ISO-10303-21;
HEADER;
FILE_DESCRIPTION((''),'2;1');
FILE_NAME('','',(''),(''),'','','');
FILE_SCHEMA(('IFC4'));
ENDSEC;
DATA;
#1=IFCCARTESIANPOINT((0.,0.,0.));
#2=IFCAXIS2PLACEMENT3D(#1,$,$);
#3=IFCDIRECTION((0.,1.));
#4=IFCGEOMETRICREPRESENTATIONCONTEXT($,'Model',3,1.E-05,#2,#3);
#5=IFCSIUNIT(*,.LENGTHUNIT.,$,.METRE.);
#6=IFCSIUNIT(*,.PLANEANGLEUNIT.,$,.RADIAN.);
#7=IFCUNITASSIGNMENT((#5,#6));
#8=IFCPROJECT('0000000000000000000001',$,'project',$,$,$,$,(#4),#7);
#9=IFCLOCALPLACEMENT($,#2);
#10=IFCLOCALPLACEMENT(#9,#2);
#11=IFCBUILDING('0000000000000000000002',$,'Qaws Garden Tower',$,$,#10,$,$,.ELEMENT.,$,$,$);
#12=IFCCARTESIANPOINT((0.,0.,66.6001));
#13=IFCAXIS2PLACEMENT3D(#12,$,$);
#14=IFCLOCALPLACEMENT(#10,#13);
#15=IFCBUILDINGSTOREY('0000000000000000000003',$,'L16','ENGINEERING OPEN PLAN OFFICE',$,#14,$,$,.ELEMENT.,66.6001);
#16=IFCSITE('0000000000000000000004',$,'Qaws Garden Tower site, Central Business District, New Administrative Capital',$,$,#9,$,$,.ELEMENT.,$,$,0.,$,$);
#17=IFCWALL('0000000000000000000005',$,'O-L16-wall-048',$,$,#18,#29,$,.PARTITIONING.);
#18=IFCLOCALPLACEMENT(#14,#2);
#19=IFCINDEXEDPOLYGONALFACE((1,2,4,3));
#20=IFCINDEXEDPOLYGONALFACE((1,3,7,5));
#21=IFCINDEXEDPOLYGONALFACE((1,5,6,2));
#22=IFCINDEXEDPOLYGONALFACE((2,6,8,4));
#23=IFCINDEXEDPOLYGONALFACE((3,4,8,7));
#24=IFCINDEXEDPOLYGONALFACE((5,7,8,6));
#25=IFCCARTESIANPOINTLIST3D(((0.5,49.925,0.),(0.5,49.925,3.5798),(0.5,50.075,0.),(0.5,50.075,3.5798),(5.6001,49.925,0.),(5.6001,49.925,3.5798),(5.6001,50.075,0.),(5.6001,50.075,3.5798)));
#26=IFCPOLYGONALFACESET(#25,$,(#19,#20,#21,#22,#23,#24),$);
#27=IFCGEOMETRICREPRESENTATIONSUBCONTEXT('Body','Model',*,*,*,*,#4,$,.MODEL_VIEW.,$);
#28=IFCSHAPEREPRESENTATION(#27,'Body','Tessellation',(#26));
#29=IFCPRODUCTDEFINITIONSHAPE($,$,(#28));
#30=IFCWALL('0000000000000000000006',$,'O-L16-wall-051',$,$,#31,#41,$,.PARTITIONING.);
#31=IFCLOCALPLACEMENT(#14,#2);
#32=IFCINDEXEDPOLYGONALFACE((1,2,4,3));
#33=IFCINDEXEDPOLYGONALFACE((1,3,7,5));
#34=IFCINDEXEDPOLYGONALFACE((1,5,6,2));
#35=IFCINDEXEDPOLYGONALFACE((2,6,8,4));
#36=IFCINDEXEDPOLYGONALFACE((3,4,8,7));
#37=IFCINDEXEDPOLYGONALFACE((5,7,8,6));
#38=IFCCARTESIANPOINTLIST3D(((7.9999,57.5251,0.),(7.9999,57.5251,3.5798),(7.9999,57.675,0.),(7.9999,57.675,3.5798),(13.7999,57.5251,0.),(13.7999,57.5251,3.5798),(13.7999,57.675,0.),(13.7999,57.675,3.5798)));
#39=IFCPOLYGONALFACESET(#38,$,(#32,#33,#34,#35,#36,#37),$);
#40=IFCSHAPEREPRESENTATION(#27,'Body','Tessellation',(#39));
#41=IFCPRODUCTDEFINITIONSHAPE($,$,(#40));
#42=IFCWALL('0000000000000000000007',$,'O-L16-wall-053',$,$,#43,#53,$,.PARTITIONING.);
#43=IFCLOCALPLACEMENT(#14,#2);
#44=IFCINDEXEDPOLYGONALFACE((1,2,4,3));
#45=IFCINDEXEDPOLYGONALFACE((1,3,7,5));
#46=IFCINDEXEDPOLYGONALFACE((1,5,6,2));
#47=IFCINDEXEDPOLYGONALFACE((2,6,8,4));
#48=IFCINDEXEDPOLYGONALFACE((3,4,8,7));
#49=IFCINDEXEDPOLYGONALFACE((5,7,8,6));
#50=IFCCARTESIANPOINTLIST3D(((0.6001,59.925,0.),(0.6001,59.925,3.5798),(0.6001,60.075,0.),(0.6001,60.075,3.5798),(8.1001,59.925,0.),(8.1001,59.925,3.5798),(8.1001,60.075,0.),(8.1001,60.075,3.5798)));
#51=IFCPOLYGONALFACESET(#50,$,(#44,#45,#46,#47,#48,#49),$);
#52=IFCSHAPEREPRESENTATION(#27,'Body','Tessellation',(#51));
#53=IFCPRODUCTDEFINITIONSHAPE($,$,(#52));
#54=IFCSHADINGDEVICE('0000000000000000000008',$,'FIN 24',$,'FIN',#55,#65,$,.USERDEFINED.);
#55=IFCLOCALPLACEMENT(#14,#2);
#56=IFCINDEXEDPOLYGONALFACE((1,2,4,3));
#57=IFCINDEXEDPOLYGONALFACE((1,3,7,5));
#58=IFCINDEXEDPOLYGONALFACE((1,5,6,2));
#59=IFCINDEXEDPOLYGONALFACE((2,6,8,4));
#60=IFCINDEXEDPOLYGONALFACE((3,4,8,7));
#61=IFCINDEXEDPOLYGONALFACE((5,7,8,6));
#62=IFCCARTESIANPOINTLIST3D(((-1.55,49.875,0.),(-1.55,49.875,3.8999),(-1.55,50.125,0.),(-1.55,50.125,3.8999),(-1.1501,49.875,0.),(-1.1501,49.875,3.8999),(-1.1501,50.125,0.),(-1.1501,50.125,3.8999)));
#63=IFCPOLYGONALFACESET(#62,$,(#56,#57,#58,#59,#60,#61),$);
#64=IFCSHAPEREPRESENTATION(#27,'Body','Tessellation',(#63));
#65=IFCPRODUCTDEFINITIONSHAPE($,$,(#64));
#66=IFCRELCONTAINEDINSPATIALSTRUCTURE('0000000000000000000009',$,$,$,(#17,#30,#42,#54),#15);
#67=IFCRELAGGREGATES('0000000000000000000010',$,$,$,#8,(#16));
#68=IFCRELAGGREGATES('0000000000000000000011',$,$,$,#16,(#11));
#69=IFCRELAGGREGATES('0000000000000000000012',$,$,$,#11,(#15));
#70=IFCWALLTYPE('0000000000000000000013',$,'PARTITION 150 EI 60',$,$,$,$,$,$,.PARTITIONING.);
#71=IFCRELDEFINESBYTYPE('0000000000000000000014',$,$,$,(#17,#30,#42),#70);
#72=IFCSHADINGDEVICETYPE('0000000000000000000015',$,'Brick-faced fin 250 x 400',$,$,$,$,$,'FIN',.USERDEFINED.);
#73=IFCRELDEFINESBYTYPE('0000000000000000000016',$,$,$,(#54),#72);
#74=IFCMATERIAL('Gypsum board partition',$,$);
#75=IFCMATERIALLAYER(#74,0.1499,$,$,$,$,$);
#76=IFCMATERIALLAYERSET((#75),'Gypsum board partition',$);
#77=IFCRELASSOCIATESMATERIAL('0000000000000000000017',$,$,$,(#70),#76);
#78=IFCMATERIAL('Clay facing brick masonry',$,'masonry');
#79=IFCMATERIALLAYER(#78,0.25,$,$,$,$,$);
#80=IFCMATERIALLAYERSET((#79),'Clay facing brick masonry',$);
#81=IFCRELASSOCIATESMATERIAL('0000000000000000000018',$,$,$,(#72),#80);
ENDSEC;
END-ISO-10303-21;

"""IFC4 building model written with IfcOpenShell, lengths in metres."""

from ifc_helpers import new_model, si_unit, direction, frame, frame_2d, origin, origin_2d, place, context, subcontext, project, spatial, rectangle, extrude, material, layer, layer_set, type_object, element, save


model = new_model("IFC4")

# Units and contexts
model_context = context("Model", 3, precision=1e-05, world=origin(), true_north=direction((0.0, 1.0)))
body_context = subcontext(model_context, "Body", "Model", "MODEL_VIEW")
ifc_project = project(units=[si_unit("LENGTHUNIT", "METRE"), si_unit("PLANEANGLEUNIT", "RADIAN")], contexts=[model_context])

# Site, building, storey
site_placement = place(None, origin())
site = spatial("IfcSite", under=ifc_project, at=site_placement, Name="Qaws Garden Tower site, Central Business District, New Administrative Capital", CompositionType="ELEMENT", RefElevation=0.0)
building_placement = place(site_placement, origin())
building = spatial("IfcBuilding", under=site, at=building_placement, Name="Qaws Garden Tower", CompositionType="ELEMENT")
storey_placement = place(building_placement, frame((0.0, 0.0, 66.6001)))
storey = spatial("IfcBuildingStorey", under=building, at=storey_placement, Name="L16", Description="ENGINEERING OPEN PLAN OFFICE", CompositionType="ELEMENT", Elevation=66.6001)

# Shared definitions
ifc_material_1 = material(Name="Gypsum board partition")
ifc_layer_1 = layer(ifc_material_1, 0.1499)
ifc_layer_set_1 = layer_set([ifc_layer_1], Name="Gypsum board partition")
wall_type_1 = type_object("IfcWallType", Name="PARTITION 150 EI 60", PredefinedType="PARTITIONING", material=ifc_layer_set_1)

# Walls
wall_1_placement = place(storey_placement, frame((0.5, 50.0, 0.0), z_axis=(0.0, 0.0, 1.0), x_axis=(1.0, 0.0, 0.0)))
element("IfcWall", 1, at=wall_1_placement, inside=storey, type_object=wall_type_1, Name="O-L16-wall-048", PredefinedType="PARTITIONING", context=body_context, shape_type="SweptSolid", body=[
    extrude(rectangle(XDim=5.1001, YDim=0.1499, at=frame_2d((2.55, 0.0))), origin(), (0.0, 0.0, 1.0), 3.5798),
])
wall_2_placement = place(storey_placement, frame((8.0, 57.6001, 0.0), z_axis=(0.0, 0.0, 1.0), x_axis=(1.0, 0.0, 0.0)))
element("IfcWall", 2, at=wall_2_placement, inside=storey, type_object=wall_type_1, Name="O-L16-wall-051", PredefinedType="PARTITIONING", context=body_context, shape_type="SweptSolid", body=[
    extrude(rectangle(XDim=5.8, YDim=0.1499, at=frame_2d((2.8999, 0.0))), origin(), (0.0, 0.0, 1.0), 3.5798),
])
wall_3_placement = place(storey_placement, frame((0.6001, 60.0, 0.0), z_axis=(0.0, 0.0, 1.0), x_axis=(1.0, 0.0, 0.0)))
element("IfcWall", 3, at=wall_3_placement, inside=storey, type_object=wall_type_1, Name="O-L16-wall-053", PredefinedType="PARTITIONING", context=body_context, shape_type="SweptSolid", body=[
    extrude(rectangle(XDim=7.5, YDim=0.1499, at=frame_2d((3.75, 0.0))), origin(), (0.0, 0.0, 1.0), 3.5798),
])

# Shading device
ifc_material_2 = material(Name="Clay facing brick masonry", Category="masonry")
ifc_layer_2 = layer(ifc_material_2, 0.25)
ifc_layer_set_2 = layer_set([ifc_layer_2], Name="Clay facing brick masonry")
shading_device_type = type_object("IfcShadingDeviceType", Name="Brick-faced fin 250 x 400", ElementType="FIN", PredefinedType="USERDEFINED", material=ifc_layer_set_2)
shading_device_placement = place(storey_placement, frame((-1.3501, 50.0, 0.0), z_axis=(0.0, 0.0, 1.0), x_axis=(0.0, -1.0, 0.0)))
element("IfcShadingDevice", 4, at=shading_device_placement, inside=storey, type_object=shading_device_type, Name="FIN 24", ObjectType="FIN", PredefinedType="USERDEFINED", context=body_context, shape_type="SweptSolid", body=[
    extrude(rectangle(XDim=0.25, YDim=0.3999, at=origin_2d()), origin(), (0.0, 0.0, 1.0), 3.8999),
])

save(model, "model.ifc")
